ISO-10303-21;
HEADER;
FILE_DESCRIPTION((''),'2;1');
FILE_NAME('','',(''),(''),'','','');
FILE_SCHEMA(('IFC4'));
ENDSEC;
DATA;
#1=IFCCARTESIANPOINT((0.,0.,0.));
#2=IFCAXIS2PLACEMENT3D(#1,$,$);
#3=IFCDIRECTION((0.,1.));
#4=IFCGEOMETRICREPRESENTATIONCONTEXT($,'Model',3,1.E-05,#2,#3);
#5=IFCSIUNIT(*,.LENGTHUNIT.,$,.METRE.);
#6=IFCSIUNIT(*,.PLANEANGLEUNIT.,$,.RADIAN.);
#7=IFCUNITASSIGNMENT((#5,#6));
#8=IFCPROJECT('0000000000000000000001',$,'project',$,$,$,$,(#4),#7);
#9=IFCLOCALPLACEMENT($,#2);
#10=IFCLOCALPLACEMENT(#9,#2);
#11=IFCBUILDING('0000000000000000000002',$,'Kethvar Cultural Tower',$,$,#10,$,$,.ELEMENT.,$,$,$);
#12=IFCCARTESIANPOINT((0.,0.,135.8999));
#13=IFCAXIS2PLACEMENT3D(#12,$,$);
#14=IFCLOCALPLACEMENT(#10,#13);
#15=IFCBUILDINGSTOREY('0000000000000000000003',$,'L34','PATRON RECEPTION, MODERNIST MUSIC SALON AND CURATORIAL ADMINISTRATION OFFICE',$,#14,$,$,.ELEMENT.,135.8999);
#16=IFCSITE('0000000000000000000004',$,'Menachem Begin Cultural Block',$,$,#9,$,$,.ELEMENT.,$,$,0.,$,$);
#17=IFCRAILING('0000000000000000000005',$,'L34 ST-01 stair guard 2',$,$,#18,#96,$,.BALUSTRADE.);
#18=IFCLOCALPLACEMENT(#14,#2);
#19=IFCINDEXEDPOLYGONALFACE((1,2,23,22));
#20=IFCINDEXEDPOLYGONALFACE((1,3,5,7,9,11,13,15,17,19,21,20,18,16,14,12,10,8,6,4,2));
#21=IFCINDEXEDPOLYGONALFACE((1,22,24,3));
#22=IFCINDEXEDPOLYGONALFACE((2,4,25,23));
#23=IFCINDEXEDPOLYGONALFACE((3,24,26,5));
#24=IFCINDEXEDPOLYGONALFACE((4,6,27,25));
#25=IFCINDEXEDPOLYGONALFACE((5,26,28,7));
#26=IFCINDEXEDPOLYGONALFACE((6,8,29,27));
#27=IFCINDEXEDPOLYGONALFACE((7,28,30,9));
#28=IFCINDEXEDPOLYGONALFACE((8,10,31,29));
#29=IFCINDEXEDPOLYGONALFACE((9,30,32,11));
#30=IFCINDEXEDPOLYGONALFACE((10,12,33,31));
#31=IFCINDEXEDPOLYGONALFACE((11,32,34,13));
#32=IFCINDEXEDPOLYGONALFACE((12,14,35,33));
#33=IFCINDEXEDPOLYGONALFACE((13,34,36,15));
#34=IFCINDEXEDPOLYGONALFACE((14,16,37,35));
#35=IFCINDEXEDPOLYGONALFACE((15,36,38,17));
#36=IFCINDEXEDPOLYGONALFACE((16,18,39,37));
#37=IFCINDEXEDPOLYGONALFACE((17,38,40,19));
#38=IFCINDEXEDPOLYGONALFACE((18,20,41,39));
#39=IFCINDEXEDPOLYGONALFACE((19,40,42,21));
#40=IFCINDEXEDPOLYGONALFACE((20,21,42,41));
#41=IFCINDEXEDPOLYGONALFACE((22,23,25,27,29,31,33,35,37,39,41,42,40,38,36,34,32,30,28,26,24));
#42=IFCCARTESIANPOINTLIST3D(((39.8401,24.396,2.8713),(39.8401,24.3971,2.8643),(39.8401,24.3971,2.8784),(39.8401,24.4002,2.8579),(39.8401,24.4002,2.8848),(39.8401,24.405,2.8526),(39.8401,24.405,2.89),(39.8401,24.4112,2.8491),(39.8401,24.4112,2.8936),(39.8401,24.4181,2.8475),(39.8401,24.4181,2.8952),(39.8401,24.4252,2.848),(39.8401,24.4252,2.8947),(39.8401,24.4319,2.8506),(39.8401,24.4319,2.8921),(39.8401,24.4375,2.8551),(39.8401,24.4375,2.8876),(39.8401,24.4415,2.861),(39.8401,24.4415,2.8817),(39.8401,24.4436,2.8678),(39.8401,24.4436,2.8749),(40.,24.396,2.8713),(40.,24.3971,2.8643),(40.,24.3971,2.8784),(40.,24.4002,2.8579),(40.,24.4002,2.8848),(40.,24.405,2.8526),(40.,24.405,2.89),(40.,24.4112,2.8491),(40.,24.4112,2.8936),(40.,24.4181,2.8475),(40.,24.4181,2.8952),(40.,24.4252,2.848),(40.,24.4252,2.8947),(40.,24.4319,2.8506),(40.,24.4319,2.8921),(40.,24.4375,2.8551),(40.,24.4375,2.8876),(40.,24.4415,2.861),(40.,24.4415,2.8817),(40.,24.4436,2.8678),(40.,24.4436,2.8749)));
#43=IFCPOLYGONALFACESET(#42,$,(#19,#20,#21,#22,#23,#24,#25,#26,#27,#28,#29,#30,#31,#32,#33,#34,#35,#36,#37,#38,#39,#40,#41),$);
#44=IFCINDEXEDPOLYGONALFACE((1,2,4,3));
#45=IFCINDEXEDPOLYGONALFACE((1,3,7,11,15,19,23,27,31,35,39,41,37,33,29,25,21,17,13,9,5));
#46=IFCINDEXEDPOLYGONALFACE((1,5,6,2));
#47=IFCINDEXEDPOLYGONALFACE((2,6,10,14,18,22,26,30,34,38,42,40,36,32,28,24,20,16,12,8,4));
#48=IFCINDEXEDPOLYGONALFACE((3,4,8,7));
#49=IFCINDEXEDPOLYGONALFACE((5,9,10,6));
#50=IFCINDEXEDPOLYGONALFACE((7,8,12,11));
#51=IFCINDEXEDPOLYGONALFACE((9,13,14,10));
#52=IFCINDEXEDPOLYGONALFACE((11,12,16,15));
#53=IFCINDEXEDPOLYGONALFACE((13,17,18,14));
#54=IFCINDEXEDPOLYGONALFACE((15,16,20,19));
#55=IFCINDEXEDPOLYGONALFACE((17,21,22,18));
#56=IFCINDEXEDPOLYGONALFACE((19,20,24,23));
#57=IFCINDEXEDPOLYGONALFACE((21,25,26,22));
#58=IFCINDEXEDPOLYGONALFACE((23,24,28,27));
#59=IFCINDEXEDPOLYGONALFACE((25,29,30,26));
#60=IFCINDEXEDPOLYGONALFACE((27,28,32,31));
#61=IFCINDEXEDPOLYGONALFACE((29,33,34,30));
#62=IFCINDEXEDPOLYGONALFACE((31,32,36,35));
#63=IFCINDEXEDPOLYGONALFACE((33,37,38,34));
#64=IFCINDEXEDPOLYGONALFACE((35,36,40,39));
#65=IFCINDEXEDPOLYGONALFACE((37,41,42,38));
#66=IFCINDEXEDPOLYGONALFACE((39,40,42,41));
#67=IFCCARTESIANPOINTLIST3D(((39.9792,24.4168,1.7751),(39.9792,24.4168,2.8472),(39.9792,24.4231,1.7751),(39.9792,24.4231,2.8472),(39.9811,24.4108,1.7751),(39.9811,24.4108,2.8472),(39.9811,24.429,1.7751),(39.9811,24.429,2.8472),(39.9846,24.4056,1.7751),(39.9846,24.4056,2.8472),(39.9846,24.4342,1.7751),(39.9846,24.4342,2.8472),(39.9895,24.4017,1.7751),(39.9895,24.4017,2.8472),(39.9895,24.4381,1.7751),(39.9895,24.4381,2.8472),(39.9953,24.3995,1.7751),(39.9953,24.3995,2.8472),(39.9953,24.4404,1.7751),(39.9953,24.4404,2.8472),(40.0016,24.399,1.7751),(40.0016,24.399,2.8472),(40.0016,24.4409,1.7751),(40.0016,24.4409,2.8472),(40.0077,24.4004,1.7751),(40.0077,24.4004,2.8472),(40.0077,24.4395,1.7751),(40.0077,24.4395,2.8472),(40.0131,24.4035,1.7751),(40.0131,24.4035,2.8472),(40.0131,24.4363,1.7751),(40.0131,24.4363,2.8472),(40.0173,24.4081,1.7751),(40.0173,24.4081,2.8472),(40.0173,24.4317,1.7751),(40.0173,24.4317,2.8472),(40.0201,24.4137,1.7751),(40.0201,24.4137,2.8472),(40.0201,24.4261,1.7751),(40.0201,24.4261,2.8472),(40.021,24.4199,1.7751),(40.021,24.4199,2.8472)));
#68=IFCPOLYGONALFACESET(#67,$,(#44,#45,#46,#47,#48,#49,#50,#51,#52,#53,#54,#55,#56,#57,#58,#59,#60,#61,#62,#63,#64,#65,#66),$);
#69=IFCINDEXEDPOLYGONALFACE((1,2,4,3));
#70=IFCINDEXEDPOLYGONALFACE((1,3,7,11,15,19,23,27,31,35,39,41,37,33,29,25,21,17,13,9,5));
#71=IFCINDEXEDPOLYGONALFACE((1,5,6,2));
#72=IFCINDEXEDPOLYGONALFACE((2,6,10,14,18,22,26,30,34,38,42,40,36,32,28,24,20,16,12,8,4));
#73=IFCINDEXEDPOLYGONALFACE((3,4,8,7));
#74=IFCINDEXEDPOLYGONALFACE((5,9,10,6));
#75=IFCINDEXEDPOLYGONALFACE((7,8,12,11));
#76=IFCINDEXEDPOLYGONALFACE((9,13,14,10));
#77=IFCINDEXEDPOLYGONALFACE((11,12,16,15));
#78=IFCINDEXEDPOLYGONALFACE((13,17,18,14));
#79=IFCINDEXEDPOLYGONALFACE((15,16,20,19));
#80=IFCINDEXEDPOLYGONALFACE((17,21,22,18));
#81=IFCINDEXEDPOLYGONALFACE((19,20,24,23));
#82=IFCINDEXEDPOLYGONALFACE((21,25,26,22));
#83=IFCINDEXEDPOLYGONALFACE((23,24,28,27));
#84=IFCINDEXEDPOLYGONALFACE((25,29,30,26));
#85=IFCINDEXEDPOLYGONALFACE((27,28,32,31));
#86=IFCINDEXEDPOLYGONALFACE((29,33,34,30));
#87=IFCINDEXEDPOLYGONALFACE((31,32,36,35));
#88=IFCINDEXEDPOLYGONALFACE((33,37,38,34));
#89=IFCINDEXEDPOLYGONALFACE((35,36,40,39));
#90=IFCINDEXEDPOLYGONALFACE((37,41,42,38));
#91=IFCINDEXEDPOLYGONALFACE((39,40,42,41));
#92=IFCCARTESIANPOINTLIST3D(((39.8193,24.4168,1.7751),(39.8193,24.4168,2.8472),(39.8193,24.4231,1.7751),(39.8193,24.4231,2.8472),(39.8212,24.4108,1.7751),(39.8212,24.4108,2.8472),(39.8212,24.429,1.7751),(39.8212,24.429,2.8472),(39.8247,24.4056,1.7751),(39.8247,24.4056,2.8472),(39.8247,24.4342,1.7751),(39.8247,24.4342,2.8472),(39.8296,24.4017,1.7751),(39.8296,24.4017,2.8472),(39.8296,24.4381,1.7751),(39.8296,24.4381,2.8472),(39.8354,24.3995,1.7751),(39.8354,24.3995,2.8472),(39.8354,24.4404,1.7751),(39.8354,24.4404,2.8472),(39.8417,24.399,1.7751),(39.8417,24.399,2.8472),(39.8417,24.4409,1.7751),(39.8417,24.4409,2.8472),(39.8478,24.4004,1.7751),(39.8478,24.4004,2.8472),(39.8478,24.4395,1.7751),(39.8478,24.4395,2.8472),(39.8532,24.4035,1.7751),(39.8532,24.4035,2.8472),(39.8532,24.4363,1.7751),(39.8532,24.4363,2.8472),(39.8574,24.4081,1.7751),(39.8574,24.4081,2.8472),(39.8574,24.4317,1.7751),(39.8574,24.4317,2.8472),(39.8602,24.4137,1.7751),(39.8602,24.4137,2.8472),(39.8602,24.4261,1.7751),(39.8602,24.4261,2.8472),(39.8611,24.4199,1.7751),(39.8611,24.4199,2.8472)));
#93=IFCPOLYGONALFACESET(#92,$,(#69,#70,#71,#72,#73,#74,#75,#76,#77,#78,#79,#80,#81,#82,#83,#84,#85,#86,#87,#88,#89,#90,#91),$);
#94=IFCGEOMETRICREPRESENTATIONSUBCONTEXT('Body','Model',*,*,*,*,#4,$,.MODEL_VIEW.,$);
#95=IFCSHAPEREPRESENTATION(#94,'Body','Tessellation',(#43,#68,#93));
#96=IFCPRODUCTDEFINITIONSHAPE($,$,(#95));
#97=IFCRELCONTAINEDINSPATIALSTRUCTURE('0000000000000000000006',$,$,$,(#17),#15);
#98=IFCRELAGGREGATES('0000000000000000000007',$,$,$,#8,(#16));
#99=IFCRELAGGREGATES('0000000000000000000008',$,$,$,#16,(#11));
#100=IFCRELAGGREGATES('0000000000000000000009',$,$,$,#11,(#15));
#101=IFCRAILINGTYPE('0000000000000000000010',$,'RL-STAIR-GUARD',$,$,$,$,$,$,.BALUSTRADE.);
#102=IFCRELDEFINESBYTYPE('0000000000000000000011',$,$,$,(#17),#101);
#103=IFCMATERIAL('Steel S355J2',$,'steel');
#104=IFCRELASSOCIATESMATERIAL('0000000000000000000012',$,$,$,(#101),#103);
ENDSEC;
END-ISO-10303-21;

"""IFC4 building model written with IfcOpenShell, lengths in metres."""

from ifc_helpers import new_model, si_unit, direction, frame, origin, origin_2d, place, context, subcontext, project, spatial, circle, extrude, material, type_object, element, save


model = new_model("IFC4")

# Units and contexts
model_context = context("Model", 3, precision=1e-05, world=origin(), true_north=direction((0.0, 1.0)))
body_context = subcontext(model_context, "Body", "Model", "MODEL_VIEW")
ifc_project = project(units=[si_unit("LENGTHUNIT", "METRE"), si_unit("PLANEANGLEUNIT", "RADIAN")], contexts=[model_context])

# Site, building, storey
site_placement = place(None, origin())
site = spatial("IfcSite", under=ifc_project, at=site_placement, Name="Menachem Begin Cultural Block", CompositionType="ELEMENT", RefElevation=0.0)
building_placement = place(site_placement, origin())
building = spatial("IfcBuilding", under=site, at=building_placement, Name="Kethvar Cultural Tower", CompositionType="ELEMENT")
storey_placement = place(building_placement, frame((0.0, 0.0, 135.8999)))
storey = spatial("IfcBuildingStorey", under=building, at=storey_placement, Name="L34", Description="PATRON RECEPTION, MODERNIST MUSIC SALON AND CURATORIAL ADMINISTRATION OFFICE", CompositionType="ELEMENT", Elevation=135.8999)

# Shared definitions
ifc_material_1 = material(Name="Steel S355J2", Category="steel")

# Railing
railing_type_1 = type_object("IfcRailingType", Name="RL-STAIR-GUARD", PredefinedType="BALUSTRADE", material=ifc_material_1)
railing_1_placement = place(storey_placement, frame((40.0, 24.4199, 1.7751)))
element("IfcRailing", 1, at=railing_1_placement, inside=storey, type_object=railing_type_1, Name="L34 ST-01 stair guard 2", PredefinedType="BALUSTRADE", context=body_context, shape_type="SweptSolid", body=[
    extrude(circle(Radius=0.0239, at=origin_2d()), frame((0.0, 0.0, 1.0962), z_axis=(-1.0, 0.0, 0.0), x_axis=(0.0, -1.0, 0.0)), (0.0, 0.0, 1.0), 0.1599),
    extrude(circle(Radius=0.021, at=origin_2d()), origin(), (0.0, 0.0, 1.0), 1.072),
    extrude(circle(Radius=0.021, at=origin_2d()), frame((-0.1599, 0.0, 0.0)), (0.0, 0.0, 1.0), 1.072),
])

save(model, "model.ifc")
